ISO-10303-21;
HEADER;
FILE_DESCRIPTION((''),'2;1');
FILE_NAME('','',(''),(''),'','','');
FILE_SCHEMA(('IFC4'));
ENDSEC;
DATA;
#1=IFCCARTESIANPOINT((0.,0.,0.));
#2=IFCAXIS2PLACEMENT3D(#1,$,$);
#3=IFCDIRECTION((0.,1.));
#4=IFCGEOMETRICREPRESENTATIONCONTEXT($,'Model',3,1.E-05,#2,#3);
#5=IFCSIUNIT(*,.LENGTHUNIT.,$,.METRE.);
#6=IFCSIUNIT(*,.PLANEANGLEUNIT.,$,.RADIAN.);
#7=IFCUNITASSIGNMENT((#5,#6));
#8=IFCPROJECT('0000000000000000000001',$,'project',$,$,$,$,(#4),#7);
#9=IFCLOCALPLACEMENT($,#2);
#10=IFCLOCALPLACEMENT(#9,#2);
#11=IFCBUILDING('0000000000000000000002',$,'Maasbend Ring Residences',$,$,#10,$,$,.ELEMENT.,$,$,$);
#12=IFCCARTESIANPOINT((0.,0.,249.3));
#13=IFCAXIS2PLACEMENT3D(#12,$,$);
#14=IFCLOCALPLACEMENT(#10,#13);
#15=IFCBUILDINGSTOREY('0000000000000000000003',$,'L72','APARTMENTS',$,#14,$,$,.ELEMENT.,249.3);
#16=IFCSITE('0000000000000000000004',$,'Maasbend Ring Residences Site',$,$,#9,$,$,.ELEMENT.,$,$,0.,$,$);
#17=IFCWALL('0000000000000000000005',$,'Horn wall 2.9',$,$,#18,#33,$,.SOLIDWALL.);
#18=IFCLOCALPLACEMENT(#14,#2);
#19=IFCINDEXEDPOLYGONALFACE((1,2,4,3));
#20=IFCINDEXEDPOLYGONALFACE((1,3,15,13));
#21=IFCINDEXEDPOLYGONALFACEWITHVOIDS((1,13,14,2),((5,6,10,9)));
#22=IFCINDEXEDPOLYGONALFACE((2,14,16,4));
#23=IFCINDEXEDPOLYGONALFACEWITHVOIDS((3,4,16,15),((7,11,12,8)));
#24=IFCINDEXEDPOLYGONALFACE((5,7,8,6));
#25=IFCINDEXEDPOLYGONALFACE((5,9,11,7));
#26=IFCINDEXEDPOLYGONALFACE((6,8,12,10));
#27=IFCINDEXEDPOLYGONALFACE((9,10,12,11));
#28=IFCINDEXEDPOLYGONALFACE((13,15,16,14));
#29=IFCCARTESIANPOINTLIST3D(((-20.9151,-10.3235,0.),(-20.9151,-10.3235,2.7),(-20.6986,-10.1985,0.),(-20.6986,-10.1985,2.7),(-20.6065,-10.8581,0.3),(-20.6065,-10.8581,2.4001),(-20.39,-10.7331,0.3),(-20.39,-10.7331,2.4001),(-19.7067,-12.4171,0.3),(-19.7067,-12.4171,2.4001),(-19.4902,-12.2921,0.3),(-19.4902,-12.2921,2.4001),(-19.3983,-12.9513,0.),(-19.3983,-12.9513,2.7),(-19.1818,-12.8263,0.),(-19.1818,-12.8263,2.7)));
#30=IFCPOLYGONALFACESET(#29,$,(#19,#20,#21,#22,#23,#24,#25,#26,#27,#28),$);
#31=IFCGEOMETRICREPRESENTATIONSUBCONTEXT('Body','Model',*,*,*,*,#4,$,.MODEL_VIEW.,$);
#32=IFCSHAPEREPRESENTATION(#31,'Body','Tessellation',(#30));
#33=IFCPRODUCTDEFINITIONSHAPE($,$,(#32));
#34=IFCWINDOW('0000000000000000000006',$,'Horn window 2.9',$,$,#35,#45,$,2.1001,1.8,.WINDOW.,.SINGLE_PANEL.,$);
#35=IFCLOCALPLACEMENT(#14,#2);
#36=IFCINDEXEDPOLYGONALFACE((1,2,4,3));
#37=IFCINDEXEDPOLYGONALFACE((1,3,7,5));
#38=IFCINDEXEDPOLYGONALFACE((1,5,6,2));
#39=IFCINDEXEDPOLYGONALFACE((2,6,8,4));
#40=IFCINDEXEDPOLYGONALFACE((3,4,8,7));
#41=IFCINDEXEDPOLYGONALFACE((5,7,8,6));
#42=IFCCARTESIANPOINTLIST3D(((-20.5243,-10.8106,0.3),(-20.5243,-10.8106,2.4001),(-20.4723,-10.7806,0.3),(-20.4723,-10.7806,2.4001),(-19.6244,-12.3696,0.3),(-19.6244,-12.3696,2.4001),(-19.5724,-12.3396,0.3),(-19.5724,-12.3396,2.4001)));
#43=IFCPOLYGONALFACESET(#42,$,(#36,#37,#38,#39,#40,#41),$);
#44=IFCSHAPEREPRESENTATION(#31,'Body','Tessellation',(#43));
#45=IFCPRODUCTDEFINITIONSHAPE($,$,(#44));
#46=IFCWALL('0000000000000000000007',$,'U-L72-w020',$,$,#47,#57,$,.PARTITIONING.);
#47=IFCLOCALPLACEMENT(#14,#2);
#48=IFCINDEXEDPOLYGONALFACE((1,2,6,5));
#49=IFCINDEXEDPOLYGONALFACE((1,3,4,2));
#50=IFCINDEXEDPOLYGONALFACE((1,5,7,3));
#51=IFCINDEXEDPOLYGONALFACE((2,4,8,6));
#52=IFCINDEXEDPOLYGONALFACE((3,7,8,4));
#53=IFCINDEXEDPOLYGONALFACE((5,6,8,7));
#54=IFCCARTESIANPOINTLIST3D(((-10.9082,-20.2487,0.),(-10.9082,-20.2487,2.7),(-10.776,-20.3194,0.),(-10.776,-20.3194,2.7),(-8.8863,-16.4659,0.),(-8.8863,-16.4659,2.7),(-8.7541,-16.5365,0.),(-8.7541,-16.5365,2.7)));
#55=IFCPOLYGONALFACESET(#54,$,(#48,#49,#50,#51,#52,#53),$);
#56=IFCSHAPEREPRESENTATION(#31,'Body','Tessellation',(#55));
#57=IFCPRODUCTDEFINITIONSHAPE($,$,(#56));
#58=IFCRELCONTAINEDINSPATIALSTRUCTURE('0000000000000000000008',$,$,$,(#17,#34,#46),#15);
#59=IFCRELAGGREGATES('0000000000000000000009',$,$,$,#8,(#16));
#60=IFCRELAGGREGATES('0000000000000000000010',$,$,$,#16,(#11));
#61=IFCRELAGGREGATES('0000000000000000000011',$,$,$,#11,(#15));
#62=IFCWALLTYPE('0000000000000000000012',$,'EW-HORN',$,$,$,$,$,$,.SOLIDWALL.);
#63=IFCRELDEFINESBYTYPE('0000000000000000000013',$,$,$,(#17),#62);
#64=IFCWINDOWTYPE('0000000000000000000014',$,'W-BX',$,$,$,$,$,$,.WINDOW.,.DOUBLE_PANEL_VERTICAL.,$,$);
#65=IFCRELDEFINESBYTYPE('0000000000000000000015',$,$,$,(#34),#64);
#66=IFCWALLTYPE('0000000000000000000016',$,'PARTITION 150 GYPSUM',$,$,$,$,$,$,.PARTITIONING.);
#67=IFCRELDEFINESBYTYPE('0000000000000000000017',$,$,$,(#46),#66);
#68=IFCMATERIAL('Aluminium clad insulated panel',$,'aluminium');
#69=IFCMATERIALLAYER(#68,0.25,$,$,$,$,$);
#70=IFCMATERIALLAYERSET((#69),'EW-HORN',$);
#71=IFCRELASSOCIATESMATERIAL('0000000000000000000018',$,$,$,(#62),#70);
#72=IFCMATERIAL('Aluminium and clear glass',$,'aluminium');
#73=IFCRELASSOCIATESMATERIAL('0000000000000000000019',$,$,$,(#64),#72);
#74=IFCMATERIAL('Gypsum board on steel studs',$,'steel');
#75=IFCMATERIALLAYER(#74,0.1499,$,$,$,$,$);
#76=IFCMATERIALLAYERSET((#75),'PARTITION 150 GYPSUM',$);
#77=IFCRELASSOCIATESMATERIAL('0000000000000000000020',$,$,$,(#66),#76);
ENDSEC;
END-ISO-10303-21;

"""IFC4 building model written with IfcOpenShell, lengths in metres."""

from ifc_helpers import new_model, si_unit, direction, frame, frame_2d, origin, place, context, subcontext, project, spatial, rectangle, extrude, material, layer, layer_set, type_object, element, fill, save


model = new_model("IFC4")

# Units and contexts
model_context = context("Model", 3, precision=1e-05, world=origin(), true_north=direction((0.0, 1.0)))
body_context = subcontext(model_context, "Body", "Model", "MODEL_VIEW")
ifc_project = project(units=[si_unit("LENGTHUNIT", "METRE"), si_unit("PLANEANGLEUNIT", "RADIAN")], contexts=[model_context])

# Site, building, storey
site_placement = place(None, origin())
site = spatial("IfcSite", under=ifc_project, at=site_placement, Name="Maasbend Ring Residences Site", CompositionType="ELEMENT", RefElevation=0.0)
building_placement = place(site_placement, origin())
building = spatial("IfcBuilding", under=site, at=building_placement, Name="Maasbend Ring Residences", CompositionType="ELEMENT")
storey_placement = place(building_placement, frame((0.0, 0.0, 249.3)))
storey = spatial("IfcBuildingStorey", under=building, at=storey_placement, Name="L72", Description="APARTMENTS", CompositionType="ELEMENT", Elevation=249.3)

# Wall, opening, window
ifc_material_1 = material(Name="Aluminium clad insulated panel", Category="aluminium")
ifc_layer_1 = layer(ifc_material_1, 0.25)
ifc_layer_set_1 = layer_set([ifc_layer_1], Name="EW-HORN")
wall_type_1 = type_object("IfcWallType", Name="EW-HORN", PredefinedType="SOLIDWALL", material=ifc_layer_set_1)
wall_1_placement = place(storey_placement, frame((-20.8069, -10.261, 0.0), z_axis=(0.0, 0.0, 1.0), x_axis=(0.499904, -0.866081, 0.0)))
wall_1 = element("IfcWall", 1, at=wall_1_placement, inside=storey, type_object=wall_type_1, Name="Horn wall 2.9", PredefinedType="SOLIDWALL", context=body_context, shape_type="SweptSolid", body=[
    extrude(rectangle(XDim=3.0342, YDim=0.25, at=frame_2d((1.5171, 0.0))), origin(), (0.0, 0.0, 1.0), 2.7),
])
opening_1_placement = place(wall_1_placement, frame((0.6174, 0.0, 0.3)))
opening_1 = element("IfcOpeningElement", 2, at=opening_1_placement, cuts=wall_1, PredefinedType="OPENING", context=body_context, shape_type="SweptSolid", body=[
    extrude(rectangle(XDim=1.8, YDim=2.1001, at=frame_2d((0.8999, 1.05))), frame((0.0, 0.135, 0.0), z_axis=(0.0, -1.0, 0.0), x_axis=(1.0, 0.0, 0.0)), (0.0, 0.0, 1.0), 0.27),
])
ifc_material_2 = material(Name="Aluminium and clear glass", Category="aluminium")
window_type = type_object("IfcWindowType", Name="W-BX", PartitioningType="DOUBLE_PANEL_VERTICAL", PredefinedType="WINDOW", material=ifc_material_2)
window_placement = place(opening_1_placement, origin())
window = element("IfcWindow", 3, at=window_placement, inside=storey, type_object=window_type, Name="Horn window 2.9", OverallHeight=2.1001, OverallWidth=1.8, PartitioningType="SINGLE_PANEL", PredefinedType="WINDOW", context=body_context, shape_type="SweptSolid", body=[
    extrude(rectangle(XDim=1.8, YDim=2.1001, at=frame_2d((0.8999, 1.05))), frame((0.0, 0.03, 0.0), z_axis=(0.0, -1.0, 0.0), x_axis=(1.0, 0.0, 0.0)), (0.0, 0.0, 1.0), 0.0601),
])
fill(opening_1, window)

# Wall
ifc_material_3 = material(Name="Gypsum board on steel studs", Category="steel")
ifc_layer_2 = layer(ifc_material_3, 0.1499)
ifc_layer_set_2 = layer_set([ifc_layer_2], Name="PARTITION 150 GYPSUM")
wall_type_2 = type_object("IfcWallType", Name="PARTITION 150 GYPSUM", PredefinedType="PARTITIONING", material=ifc_layer_set_2)
wall_2_placement = place(storey_placement, frame((-10.842, -20.2839, 0.0), z_axis=(0.0, 0.0, 1.0), x_axis=(0.471386, 0.881927, 0.0)))
element("IfcWall", 4, at=wall_2_placement, inside=storey, type_object=wall_type_2, Name="U-L72-w020", PredefinedType="PARTITIONING", context=body_context, shape_type="SweptSolid", body=[
    extrude(rectangle(XDim=4.2893, YDim=0.1499, at=frame_2d((2.1445, 0.0))), origin(), (0.0, 0.0, 1.0), 2.7),
])

save(model, "model.ifc")
